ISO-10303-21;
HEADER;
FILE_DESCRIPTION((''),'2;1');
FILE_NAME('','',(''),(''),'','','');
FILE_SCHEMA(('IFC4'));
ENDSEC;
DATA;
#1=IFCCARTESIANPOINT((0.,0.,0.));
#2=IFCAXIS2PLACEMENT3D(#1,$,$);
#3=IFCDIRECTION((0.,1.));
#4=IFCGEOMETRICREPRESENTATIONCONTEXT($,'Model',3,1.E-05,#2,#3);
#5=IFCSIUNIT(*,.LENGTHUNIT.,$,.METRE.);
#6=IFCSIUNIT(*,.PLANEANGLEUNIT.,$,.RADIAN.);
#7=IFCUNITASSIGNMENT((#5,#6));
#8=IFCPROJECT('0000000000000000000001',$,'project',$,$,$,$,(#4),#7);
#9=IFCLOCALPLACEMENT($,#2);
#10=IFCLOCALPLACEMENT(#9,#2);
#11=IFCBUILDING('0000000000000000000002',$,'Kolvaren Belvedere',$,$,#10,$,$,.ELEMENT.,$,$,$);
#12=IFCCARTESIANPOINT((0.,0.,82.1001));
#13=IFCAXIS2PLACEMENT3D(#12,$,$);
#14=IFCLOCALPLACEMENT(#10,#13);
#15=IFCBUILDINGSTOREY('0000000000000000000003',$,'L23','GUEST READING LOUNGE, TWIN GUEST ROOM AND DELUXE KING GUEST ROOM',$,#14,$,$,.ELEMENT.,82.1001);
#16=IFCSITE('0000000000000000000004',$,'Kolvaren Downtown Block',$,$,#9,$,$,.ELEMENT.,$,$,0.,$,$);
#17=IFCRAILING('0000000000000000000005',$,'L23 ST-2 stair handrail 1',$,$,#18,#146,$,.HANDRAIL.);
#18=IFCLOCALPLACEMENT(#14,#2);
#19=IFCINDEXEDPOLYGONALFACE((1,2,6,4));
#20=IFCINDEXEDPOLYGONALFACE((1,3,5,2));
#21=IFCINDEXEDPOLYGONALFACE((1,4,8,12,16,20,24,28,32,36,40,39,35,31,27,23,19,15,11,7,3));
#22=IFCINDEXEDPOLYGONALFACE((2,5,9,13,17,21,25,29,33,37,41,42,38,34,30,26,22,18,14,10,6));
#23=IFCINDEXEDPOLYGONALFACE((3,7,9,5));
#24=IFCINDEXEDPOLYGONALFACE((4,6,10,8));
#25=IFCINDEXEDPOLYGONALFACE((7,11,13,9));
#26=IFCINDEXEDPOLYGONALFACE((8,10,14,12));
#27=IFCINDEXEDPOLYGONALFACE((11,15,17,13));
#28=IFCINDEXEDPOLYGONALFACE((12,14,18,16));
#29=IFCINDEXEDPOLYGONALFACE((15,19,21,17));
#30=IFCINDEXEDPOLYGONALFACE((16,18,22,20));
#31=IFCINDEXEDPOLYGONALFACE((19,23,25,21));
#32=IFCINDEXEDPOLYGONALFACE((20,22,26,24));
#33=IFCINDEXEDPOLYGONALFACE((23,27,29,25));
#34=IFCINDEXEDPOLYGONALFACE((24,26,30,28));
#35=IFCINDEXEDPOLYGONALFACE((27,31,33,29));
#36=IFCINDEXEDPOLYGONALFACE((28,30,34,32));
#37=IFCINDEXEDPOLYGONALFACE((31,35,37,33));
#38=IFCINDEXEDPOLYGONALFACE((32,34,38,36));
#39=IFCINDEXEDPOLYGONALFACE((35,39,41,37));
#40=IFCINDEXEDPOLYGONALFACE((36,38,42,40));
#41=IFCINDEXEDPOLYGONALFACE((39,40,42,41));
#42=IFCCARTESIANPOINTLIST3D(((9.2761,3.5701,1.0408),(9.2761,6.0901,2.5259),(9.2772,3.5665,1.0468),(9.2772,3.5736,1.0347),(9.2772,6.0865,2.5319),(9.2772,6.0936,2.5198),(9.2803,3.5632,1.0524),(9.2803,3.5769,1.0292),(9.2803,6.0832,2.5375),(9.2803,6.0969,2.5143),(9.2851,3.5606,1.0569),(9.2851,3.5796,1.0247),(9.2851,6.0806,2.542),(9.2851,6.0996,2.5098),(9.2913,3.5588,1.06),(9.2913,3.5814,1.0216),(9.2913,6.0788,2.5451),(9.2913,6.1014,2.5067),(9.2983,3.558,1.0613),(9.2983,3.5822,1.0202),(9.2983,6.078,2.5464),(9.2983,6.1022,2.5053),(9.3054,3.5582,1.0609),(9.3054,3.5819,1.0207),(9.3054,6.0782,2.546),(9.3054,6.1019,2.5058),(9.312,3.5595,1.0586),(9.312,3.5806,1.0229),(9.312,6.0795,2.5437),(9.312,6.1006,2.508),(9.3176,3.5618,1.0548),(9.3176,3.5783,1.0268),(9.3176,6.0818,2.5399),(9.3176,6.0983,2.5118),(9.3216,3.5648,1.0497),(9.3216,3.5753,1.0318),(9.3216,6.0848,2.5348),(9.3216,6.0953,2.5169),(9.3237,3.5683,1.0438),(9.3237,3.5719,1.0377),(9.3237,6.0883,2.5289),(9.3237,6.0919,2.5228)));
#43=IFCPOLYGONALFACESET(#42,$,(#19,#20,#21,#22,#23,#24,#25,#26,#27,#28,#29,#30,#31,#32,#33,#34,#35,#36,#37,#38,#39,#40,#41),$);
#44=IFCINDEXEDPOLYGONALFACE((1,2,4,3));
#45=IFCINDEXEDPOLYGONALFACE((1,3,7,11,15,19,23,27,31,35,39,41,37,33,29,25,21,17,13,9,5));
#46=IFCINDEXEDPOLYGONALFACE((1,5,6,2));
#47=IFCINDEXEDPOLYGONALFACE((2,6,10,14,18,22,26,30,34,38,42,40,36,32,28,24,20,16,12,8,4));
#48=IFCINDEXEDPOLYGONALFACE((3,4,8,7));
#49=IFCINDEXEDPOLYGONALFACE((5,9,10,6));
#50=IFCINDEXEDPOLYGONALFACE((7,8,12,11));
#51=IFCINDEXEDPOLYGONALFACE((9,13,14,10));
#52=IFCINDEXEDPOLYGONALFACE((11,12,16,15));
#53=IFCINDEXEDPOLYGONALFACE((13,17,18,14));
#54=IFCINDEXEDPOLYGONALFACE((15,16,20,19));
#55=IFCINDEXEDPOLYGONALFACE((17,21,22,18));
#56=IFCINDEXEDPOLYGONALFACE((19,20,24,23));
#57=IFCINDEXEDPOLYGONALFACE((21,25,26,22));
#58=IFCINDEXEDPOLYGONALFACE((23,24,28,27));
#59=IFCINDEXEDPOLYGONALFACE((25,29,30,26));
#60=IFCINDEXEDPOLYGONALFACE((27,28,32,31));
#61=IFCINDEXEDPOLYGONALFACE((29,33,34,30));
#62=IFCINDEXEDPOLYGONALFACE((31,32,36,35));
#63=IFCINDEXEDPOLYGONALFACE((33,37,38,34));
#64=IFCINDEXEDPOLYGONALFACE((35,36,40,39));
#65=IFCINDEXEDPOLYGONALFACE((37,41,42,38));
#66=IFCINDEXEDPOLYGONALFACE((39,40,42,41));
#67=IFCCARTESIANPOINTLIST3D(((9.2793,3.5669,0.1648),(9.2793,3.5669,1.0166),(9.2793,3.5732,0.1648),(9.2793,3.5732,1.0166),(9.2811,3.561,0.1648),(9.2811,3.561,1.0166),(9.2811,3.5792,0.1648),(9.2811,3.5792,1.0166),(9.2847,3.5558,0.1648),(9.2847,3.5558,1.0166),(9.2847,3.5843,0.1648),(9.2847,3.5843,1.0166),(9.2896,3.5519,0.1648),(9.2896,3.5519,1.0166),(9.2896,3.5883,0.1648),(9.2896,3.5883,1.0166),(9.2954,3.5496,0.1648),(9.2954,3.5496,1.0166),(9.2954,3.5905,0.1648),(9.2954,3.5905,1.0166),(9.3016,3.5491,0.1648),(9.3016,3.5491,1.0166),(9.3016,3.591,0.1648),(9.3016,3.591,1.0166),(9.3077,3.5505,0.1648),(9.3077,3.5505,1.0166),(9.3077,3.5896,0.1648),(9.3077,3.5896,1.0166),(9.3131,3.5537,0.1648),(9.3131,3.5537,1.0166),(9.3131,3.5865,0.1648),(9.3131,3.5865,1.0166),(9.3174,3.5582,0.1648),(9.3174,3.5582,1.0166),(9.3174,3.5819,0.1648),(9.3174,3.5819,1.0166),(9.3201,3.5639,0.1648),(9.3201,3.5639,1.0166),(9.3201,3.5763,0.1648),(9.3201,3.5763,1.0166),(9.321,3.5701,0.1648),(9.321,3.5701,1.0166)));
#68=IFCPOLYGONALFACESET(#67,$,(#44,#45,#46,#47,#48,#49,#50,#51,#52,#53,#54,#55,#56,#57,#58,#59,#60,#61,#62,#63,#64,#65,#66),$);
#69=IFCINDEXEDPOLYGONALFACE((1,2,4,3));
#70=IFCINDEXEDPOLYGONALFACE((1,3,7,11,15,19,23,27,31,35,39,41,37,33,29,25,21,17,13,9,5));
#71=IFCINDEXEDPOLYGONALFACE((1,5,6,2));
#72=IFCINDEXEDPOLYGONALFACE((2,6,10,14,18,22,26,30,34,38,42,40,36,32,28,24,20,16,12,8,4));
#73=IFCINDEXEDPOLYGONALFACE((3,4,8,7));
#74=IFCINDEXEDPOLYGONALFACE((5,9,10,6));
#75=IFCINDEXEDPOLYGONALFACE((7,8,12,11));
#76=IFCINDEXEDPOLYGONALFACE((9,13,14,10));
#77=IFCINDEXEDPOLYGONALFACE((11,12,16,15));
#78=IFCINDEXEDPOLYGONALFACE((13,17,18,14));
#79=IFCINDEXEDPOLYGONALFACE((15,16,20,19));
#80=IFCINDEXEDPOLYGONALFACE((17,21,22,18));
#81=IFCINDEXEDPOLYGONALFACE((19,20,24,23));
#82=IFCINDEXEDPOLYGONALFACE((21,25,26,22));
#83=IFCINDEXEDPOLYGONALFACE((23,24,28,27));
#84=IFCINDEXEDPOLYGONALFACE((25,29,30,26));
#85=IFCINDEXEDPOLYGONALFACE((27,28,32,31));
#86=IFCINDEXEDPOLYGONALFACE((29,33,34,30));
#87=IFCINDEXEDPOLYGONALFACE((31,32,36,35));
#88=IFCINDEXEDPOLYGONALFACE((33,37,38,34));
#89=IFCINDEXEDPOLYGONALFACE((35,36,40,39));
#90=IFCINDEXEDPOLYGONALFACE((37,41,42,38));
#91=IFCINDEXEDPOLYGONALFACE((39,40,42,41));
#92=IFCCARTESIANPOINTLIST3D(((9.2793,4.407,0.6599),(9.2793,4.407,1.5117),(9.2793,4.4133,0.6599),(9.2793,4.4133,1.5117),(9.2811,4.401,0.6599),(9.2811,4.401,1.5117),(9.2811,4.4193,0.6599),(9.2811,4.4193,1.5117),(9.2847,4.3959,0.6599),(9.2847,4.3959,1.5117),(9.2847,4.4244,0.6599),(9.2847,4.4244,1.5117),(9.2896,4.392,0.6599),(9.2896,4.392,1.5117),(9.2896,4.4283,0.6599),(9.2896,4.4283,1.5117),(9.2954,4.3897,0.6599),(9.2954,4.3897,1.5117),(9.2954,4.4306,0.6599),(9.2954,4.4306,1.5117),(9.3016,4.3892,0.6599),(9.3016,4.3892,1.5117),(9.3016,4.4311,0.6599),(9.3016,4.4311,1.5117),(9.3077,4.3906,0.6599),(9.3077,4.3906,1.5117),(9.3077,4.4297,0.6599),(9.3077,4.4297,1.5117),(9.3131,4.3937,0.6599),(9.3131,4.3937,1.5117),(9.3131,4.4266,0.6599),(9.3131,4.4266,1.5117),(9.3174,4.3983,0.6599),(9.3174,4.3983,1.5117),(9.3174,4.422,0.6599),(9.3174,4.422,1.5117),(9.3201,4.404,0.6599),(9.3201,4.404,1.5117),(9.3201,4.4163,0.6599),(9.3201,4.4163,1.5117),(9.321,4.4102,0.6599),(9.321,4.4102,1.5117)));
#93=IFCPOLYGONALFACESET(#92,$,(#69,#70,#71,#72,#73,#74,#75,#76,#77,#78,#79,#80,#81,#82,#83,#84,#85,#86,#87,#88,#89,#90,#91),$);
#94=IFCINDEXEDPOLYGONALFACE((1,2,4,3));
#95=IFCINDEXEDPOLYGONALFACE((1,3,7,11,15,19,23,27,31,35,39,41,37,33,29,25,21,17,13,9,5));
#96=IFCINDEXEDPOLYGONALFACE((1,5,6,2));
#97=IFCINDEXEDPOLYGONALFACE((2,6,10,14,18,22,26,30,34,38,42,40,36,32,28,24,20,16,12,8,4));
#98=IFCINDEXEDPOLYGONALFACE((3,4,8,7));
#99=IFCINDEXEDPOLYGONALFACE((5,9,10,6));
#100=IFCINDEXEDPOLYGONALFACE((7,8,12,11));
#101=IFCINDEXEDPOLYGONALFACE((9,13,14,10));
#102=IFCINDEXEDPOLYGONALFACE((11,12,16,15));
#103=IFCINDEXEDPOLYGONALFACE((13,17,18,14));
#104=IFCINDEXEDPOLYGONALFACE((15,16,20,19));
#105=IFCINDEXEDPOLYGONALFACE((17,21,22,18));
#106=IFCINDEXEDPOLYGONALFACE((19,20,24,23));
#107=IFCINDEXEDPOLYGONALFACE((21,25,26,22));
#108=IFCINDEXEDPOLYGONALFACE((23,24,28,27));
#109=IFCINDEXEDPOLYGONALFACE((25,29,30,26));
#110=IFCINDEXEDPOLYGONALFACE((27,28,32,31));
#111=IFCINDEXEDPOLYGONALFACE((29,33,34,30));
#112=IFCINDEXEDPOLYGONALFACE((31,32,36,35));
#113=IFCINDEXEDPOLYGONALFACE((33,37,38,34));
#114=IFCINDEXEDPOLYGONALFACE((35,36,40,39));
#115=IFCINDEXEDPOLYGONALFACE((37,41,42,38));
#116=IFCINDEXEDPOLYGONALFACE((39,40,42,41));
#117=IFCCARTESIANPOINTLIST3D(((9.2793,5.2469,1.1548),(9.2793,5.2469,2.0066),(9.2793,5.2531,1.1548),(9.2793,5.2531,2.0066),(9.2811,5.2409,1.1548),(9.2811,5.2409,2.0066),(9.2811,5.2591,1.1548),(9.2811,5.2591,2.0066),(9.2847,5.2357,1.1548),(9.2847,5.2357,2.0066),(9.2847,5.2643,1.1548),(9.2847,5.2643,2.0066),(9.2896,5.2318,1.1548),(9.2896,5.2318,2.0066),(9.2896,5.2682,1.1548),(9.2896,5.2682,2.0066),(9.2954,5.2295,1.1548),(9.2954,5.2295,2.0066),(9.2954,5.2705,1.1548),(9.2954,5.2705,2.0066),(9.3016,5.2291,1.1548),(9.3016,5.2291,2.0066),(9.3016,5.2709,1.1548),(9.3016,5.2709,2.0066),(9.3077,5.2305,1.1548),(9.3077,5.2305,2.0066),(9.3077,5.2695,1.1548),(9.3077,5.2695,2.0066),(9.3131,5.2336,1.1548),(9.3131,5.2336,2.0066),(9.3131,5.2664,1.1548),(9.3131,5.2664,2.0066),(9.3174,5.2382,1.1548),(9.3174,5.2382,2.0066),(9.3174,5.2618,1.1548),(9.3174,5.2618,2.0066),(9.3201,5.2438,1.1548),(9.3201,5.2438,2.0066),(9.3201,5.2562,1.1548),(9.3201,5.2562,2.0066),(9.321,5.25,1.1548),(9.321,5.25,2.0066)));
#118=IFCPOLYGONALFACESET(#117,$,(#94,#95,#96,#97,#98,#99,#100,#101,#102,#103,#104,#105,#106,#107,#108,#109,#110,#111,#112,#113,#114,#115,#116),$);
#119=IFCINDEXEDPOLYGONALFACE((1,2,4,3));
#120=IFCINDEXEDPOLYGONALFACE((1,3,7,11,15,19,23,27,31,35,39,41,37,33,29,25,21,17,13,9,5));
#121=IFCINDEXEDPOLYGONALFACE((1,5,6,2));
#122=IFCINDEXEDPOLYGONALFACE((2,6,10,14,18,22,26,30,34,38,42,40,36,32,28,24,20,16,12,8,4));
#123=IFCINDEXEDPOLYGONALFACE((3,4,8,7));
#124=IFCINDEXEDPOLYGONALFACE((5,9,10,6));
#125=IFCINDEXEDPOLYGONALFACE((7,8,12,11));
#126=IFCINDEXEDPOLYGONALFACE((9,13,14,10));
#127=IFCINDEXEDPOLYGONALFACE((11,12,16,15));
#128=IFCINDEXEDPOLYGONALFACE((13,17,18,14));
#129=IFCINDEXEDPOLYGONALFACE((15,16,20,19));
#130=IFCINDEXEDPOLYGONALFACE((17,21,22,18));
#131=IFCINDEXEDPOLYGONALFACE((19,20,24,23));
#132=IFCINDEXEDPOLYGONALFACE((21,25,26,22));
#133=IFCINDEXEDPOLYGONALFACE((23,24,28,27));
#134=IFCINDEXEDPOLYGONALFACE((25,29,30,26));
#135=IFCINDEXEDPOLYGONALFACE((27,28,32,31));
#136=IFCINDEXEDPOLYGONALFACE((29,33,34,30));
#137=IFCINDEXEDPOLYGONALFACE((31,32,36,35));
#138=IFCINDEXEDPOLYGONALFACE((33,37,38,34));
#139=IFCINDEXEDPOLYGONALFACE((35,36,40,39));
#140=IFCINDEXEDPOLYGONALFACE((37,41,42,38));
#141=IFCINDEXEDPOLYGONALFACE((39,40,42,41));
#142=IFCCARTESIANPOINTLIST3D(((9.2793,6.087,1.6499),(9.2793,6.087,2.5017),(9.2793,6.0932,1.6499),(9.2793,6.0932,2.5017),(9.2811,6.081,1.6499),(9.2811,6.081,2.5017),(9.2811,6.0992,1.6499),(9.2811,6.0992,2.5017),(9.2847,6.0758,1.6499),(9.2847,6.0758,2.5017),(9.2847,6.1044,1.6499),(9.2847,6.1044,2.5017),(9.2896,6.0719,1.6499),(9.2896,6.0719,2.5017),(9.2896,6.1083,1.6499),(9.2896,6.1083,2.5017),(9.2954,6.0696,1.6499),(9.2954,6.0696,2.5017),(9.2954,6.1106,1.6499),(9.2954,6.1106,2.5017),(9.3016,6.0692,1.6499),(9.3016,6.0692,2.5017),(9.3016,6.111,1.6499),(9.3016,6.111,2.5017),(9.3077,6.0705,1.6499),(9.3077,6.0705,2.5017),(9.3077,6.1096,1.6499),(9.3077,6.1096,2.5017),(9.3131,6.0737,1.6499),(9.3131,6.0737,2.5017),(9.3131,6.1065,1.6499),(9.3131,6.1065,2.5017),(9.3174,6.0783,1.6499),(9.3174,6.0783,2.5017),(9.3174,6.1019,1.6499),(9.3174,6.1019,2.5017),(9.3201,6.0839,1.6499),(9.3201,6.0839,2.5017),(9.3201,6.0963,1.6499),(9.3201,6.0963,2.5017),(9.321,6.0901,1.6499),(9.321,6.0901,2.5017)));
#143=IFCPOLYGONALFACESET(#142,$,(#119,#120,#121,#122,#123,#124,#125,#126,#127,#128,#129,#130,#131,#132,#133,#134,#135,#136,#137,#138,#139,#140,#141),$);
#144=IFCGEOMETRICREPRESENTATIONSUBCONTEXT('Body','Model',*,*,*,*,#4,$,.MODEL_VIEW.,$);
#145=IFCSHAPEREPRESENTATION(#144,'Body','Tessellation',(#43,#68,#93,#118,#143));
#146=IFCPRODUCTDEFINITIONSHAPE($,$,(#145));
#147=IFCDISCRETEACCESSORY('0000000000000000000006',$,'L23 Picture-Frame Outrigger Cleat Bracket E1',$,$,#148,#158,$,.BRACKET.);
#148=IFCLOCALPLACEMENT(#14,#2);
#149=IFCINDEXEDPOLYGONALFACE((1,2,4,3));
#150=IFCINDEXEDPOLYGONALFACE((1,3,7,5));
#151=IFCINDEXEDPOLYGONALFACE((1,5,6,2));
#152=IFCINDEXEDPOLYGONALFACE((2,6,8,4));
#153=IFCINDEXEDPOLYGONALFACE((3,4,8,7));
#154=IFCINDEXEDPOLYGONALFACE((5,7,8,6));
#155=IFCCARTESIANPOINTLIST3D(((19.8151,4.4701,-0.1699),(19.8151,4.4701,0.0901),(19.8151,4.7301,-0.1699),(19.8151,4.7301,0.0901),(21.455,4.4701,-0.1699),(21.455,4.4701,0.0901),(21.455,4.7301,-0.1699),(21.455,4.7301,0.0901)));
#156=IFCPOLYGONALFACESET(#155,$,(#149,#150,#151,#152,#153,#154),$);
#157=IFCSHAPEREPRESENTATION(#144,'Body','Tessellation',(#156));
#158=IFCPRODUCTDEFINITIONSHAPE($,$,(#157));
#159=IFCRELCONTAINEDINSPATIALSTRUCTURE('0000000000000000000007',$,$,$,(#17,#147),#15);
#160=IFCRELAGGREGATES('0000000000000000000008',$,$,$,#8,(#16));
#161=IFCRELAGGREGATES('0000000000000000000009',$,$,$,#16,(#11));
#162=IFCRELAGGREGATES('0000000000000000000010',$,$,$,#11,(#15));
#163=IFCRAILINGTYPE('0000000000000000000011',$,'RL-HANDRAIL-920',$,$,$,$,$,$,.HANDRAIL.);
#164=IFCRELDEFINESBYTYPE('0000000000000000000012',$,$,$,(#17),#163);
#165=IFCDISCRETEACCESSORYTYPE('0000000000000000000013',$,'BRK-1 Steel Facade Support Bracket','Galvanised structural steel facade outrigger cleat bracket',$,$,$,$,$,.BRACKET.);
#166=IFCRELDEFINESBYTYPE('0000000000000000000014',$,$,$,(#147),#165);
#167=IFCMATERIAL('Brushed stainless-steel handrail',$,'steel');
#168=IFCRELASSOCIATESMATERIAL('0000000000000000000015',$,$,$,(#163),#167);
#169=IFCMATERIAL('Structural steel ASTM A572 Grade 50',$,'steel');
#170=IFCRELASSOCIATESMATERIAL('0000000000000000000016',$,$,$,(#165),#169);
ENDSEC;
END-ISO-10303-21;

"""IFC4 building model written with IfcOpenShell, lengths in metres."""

from ifc_helpers import new_model, si_unit, direction, frame, origin, origin_2d, place, context, subcontext, project, spatial, rectangle, circle, extrude, material, type_object, element, save


model = new_model("IFC4")

# Units and contexts
model_context = context("Model", 3, precision=1e-05, world=origin(), true_north=direction((0.0, 1.0)))
body_context = subcontext(model_context, "Body", "Model", "MODEL_VIEW")
ifc_project = project(units=[si_unit("LENGTHUNIT", "METRE"), si_unit("PLANEANGLEUNIT", "RADIAN")], contexts=[model_context])

# Site, building, storey
site_placement = place(None, origin())
site = spatial("IfcSite", under=ifc_project, at=site_placement, Name="Kolvaren Downtown Block", CompositionType="ELEMENT", RefElevation=0.0)
building_placement = place(site_placement, origin())
building = spatial("IfcBuilding", under=site, at=building_placement, Name="Kolvaren Belvedere", CompositionType="ELEMENT")
storey_placement = place(building_placement, frame((0.0, 0.0, 82.1001)))
storey = spatial("IfcBuildingStorey", under=building, at=storey_placement, Name="L23", Description="GUEST READING LOUNGE, TWIN GUEST ROOM AND DELUXE KING GUEST ROOM", CompositionType="ELEMENT", Elevation=82.1001)

# Railing
ifc_material_1 = material(Name="Brushed stainless-steel handrail", Category="steel")
railing_type_1 = type_object("IfcRailingType", Name="RL-HANDRAIL-920", PredefinedType="HANDRAIL", material=ifc_material_1)
railing_1_placement = place(storey_placement, frame((9.3, 3.5701, 0.1648)))
element("IfcRailing", 1, at=railing_1_placement, inside=storey, type_object=railing_type_1, Name="L23 ST-2 stair handrail 1", PredefinedType="HANDRAIL", context=body_context, shape_type="SweptSolid", body=[
    extrude(circle(Radius=0.0239, at=origin_2d()), frame((0.0, 0.0, 0.876), z_axis=(0.0, 0.861524, 0.507717), x_axis=(-1.0, 0.0, 0.0)), (0.0, 0.0, 1.0), 2.925),
    extrude(circle(Radius=0.021, at=origin_2d()), origin(), (0.0, 0.0, 1.0), 0.8518),
    extrude(circle(Radius=0.021, at=origin_2d()), frame((0.0, 0.8401, 0.4951)), (0.0, 0.0, 1.0), 0.8518),
    extrude(circle(Radius=0.021, at=origin_2d()), frame((0.0, 1.6799, 0.99)), (0.0, 0.0, 1.0), 0.8518),
    extrude(circle(Radius=0.021, at=origin_2d()), frame((0.0, 2.52, 1.4851)), (0.0, 0.0, 1.0), 0.8518),
])

# Discrete accessory
ifc_material_2 = material(Name="Structural steel ASTM A572 Grade 50", Category="steel")
discrete_accessory_type = type_object("IfcDiscreteAccessoryType", Name="BRK-1 Steel Facade Support Bracket", Description="Galvanised structural steel facade outrigger cleat bracket", PredefinedType="BRACKET", material=ifc_material_2)
discrete_accessory_placement = place(storey_placement, frame((20.635, 4.6001, -0.1699), z_axis=(0.0, 0.0, 1.0), x_axis=(1.0, 0.0, 0.0)))
element("IfcDiscreteAccessory", 2, at=discrete_accessory_placement, inside=storey, type_object=discrete_accessory_type, Name="L23 Picture-Frame Outrigger Cleat Bracket E1", PredefinedType="BRACKET", context=body_context, shape_type="SweptSolid", body=[
    extrude(rectangle(XDim=1.6399, YDim=0.26, at=origin_2d()), origin(), (0.0, 0.0, 1.0), 0.26),
])

save(model, "model.ifc")
